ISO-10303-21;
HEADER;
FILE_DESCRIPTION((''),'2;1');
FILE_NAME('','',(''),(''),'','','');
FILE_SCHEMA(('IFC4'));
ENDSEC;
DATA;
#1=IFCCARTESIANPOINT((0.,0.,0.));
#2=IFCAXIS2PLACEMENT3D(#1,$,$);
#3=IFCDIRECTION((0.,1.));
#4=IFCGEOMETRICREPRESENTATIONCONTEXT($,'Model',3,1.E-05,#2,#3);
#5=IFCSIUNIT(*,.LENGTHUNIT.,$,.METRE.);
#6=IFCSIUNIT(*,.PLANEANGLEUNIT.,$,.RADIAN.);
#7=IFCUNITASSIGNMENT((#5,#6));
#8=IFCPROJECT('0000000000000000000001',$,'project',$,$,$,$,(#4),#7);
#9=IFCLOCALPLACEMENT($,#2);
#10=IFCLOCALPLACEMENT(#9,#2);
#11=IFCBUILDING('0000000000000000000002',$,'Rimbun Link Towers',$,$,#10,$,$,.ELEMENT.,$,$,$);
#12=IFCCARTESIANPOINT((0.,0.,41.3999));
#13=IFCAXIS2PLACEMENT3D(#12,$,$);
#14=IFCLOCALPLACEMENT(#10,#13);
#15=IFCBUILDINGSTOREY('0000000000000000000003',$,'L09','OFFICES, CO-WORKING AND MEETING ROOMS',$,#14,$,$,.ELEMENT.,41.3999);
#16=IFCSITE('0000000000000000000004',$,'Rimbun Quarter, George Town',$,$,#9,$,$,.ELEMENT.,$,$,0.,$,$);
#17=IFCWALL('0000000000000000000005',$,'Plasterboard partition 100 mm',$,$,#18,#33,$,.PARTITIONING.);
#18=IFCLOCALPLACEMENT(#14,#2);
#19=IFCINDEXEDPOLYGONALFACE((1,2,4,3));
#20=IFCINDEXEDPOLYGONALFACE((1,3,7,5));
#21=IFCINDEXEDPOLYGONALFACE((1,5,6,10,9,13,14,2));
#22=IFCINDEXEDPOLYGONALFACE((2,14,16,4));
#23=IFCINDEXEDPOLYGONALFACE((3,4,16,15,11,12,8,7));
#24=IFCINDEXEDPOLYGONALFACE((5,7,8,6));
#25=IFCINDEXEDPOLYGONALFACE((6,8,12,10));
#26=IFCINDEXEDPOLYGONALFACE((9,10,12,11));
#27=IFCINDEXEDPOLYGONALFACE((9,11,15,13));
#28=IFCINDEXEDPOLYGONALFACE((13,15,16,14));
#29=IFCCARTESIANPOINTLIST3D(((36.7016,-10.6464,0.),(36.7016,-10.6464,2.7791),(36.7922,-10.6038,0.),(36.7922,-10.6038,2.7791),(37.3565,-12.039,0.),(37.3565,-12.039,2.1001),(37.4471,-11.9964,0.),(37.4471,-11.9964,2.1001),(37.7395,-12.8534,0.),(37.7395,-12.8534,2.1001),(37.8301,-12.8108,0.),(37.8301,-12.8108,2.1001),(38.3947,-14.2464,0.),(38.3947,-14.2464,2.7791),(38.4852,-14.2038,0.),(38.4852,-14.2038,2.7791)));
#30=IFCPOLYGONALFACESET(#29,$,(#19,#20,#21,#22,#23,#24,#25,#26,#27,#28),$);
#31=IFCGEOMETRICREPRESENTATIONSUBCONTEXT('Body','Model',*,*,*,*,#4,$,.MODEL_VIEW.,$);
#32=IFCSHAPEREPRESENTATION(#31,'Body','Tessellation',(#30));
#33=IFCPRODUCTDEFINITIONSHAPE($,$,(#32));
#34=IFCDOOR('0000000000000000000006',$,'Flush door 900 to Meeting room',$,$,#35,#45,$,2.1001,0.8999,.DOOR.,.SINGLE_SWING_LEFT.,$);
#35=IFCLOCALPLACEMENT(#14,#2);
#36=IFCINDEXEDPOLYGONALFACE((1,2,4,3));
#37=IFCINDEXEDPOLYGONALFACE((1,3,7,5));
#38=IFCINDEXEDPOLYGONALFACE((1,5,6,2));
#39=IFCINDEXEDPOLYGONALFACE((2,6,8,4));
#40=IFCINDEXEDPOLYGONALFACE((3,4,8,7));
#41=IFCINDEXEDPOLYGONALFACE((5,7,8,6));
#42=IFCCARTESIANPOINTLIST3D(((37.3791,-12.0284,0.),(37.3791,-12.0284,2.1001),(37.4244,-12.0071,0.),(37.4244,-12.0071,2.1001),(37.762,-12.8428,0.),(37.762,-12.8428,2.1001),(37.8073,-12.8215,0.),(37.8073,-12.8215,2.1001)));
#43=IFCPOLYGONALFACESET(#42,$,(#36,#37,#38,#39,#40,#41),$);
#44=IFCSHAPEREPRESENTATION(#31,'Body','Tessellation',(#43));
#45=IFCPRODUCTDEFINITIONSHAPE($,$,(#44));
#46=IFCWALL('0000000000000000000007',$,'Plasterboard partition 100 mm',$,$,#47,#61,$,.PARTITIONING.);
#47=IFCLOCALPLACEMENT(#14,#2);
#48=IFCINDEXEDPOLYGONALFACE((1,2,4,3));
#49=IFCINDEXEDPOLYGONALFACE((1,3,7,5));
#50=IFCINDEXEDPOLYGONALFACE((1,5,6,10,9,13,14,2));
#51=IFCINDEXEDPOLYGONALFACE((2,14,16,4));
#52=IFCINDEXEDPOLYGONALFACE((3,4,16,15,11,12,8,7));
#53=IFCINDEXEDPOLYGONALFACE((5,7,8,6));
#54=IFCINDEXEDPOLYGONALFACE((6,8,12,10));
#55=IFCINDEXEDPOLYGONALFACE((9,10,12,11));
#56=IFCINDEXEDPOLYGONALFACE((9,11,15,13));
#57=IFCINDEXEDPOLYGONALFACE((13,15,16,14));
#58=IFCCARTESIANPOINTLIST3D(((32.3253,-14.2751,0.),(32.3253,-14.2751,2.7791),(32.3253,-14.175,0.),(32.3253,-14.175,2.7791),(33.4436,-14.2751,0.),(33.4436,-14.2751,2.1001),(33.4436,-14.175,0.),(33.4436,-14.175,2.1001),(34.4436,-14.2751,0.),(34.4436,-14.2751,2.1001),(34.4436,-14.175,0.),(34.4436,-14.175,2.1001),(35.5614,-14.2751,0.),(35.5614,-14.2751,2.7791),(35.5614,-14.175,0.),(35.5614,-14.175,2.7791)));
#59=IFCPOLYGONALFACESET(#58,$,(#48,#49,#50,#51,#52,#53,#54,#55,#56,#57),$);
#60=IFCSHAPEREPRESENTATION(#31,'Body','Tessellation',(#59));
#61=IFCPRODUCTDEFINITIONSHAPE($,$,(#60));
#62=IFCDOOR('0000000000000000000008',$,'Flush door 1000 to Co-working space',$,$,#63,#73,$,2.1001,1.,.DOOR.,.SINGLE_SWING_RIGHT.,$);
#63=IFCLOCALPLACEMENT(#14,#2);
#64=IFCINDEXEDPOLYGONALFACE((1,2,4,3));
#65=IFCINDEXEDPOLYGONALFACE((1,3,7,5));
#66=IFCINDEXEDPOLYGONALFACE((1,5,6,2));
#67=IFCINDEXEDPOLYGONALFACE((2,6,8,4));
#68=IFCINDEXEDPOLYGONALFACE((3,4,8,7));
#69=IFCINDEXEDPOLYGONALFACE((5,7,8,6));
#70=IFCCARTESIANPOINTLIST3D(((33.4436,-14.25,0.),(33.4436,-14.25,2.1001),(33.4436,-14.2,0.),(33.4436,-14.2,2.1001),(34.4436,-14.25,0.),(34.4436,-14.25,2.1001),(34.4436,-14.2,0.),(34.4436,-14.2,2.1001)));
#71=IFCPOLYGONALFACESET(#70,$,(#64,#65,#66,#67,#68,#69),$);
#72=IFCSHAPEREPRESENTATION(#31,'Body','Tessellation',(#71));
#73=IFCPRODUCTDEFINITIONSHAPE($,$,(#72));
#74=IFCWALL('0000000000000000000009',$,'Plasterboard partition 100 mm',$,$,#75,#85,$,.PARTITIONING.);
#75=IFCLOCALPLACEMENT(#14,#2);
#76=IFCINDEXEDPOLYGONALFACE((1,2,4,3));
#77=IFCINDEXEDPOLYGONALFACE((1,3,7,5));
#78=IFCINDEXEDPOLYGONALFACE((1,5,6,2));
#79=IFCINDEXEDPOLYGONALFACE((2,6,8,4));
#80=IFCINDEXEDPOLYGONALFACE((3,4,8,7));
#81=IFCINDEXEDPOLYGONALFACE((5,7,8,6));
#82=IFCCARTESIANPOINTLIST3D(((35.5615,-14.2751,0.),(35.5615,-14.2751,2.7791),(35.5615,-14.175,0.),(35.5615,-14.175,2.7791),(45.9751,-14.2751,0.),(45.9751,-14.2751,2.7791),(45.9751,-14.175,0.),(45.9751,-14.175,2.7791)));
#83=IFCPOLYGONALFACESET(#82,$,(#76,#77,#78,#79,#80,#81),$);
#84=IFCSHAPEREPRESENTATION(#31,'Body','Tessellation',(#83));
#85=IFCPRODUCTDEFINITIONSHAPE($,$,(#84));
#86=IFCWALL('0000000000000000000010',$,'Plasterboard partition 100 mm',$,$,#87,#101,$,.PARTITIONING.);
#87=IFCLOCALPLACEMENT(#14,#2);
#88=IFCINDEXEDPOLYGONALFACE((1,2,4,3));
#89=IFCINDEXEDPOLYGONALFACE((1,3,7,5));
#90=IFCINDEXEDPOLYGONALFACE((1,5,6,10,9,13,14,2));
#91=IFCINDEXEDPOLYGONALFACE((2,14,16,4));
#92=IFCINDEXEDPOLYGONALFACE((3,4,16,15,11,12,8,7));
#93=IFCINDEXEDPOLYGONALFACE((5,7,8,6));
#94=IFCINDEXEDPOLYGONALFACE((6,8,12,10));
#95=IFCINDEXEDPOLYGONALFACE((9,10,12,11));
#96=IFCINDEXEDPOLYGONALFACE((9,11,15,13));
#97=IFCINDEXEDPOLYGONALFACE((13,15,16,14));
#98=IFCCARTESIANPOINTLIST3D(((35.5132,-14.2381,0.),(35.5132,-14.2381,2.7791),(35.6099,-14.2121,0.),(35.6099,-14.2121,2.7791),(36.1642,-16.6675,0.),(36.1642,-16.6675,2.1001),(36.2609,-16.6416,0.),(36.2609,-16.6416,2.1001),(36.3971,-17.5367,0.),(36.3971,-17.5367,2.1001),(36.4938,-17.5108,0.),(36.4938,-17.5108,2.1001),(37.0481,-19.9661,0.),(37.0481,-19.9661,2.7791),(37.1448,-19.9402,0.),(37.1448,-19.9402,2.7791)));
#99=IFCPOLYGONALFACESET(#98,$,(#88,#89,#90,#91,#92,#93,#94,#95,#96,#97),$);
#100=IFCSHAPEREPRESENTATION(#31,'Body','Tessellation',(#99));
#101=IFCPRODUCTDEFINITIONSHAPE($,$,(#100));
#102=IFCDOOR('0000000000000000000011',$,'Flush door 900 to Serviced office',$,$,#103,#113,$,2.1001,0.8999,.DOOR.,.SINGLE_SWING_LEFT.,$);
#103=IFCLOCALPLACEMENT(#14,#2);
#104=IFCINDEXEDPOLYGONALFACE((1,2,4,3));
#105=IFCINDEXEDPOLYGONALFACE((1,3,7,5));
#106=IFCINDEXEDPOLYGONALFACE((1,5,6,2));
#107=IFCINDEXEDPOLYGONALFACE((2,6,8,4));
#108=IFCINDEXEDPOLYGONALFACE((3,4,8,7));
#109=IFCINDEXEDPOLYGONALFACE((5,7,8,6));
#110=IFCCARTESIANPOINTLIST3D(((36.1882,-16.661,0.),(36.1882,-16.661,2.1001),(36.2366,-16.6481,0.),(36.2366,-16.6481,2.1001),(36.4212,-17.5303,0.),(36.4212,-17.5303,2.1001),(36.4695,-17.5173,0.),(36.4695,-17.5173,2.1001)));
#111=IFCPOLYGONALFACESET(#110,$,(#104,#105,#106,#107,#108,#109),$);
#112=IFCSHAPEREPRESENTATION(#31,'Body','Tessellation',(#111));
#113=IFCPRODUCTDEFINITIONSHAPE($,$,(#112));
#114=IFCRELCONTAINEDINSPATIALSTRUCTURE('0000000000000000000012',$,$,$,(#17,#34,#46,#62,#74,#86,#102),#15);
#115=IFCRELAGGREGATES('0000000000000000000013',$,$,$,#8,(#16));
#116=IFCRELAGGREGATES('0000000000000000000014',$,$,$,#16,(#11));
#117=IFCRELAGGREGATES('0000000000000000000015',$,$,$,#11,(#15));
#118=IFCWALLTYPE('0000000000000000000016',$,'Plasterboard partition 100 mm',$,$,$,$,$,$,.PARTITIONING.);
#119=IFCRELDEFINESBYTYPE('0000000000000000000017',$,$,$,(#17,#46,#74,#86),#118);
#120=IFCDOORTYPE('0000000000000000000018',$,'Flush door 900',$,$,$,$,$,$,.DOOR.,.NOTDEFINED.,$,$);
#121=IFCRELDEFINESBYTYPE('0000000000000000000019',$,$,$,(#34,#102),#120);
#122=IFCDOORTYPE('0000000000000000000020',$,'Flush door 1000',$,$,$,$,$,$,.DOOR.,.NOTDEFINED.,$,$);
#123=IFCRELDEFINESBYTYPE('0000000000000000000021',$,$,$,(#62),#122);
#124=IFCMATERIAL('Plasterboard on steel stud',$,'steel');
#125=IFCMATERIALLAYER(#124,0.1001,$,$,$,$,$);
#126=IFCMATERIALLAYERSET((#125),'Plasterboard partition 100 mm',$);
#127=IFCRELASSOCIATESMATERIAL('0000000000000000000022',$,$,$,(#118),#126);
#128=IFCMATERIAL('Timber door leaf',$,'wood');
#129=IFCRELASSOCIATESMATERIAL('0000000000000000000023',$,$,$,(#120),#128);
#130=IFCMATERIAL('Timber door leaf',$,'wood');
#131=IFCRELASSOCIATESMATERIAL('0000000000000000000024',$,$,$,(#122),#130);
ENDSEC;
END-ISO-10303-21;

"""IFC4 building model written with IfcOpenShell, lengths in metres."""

from ifc_helpers import new_model, si_unit, direction, frame, frame_2d, origin, place, context, subcontext, project, spatial, rectangle, extrude, material, layer, layer_set, type_object, element, fill, save


model = new_model("IFC4")

# Units and contexts
model_context = context("Model", 3, precision=1e-05, world=origin(), true_north=direction((0.0, 1.0)))
body_context = subcontext(model_context, "Body", "Model", "MODEL_VIEW")
ifc_project = project(units=[si_unit("LENGTHUNIT", "METRE"), si_unit("PLANEANGLEUNIT", "RADIAN")], contexts=[model_context])

# Site, building, storey
site_placement = place(None, origin())
site = spatial("IfcSite", under=ifc_project, at=site_placement, Name="Rimbun Quarter, George Town", CompositionType="ELEMENT", RefElevation=0.0)
building_placement = place(site_placement, origin())
building = spatial("IfcBuilding", under=site, at=building_placement, Name="Rimbun Link Towers", CompositionType="ELEMENT")
storey_placement = place(building_placement, frame((0.0, 0.0, 41.3999)))
storey = spatial("IfcBuildingStorey", under=building, at=storey_placement, Name="L09", Description="OFFICES, CO-WORKING AND MEETING ROOMS", CompositionType="ELEMENT", Elevation=41.3999)

# Walls, openings, doors
ifc_material_1 = material(Name="Plasterboard on steel stud", Category="steel")
ifc_layer_1 = layer(ifc_material_1, 0.1001)
ifc_layer_set_1 = layer_set([ifc_layer_1], Name="Plasterboard partition 100 mm")
wall_type = type_object("IfcWallType", Name="Plasterboard partition 100 mm", PredefinedType="PARTITIONING", material=ifc_layer_set_1)
wall_1_placement = place(storey_placement, frame((36.7468, -10.625, 0.0), z_axis=(0.0, 0.0, 1.0), x_axis=(0.425581, -0.90492, 0.0)))
wall_1 = element("IfcWall", 1, at=wall_1_placement, inside=storey, type_object=wall_type, Name="Plasterboard partition 100 mm", PredefinedType="PARTITIONING", context=body_context, shape_type="SweptSolid", body=[
    extrude(rectangle(XDim=3.9783, YDim=0.1001, at=frame_2d((1.9893, 0.0))), origin(), (0.0, 0.0, 1.0), 2.7791),
])
opening_1_placement = place(wall_1_placement, frame((1.5391, 0.0, 0.0)))
opening_1 = element("IfcOpeningElement", 2, at=opening_1_placement, cuts=wall_1, PredefinedType="OPENING", context=body_context, shape_type="SweptSolid", body=[
    extrude(rectangle(XDim=0.8999, YDim=2.1001, at=frame_2d((0.45, 1.05))), frame((0.0, 0.0601, 0.0), z_axis=(0.0, -1.0, 0.0), x_axis=(1.0, 0.0, 0.0)), (0.0, 0.0, 1.0), 0.1201),
])
ifc_material_2 = material(Name="Timber door leaf", Category="wood")
door_type_1 = type_object("IfcDoorType", Name="Flush door 900", OperationType="NOTDEFINED", PredefinedType="DOOR", material=ifc_material_2)
door_1_placement = place(opening_1_placement, origin())
door_1 = element("IfcDoor", 3, at=door_1_placement, inside=storey, type_object=door_type_1, Name="Flush door 900 to Meeting room", OperationType="SINGLE_SWING_LEFT", OverallHeight=2.1001, OverallWidth=0.8999, PredefinedType="DOOR", context=body_context, shape_type="SweptSolid", body=[
    extrude(rectangle(XDim=0.8999, YDim=2.1001, at=frame_2d((0.45, 1.05))), frame((0.0, 0.0249, 0.0), z_axis=(0.0, -1.0, 0.0), x_axis=(1.0, 0.0, 0.0)), (0.0, 0.0, 1.0), 0.05),
])
fill(opening_1, door_1)
wall_2_placement = place(storey_placement, frame((35.5615, -14.2251, 0.0), z_axis=(0.0, 0.0, 1.0), x_axis=(-1.0, 0.0, 0.0)))
wall_2 = element("IfcWall", 4, at=wall_2_placement, inside=storey, type_object=wall_type, Name="Plasterboard partition 100 mm", PredefinedType="PARTITIONING", context=body_context, shape_type="SweptSolid", body=[
    extrude(rectangle(XDim=3.2361, YDim=0.1001, at=frame_2d((1.6182, 0.0))), origin(), (0.0, 0.0, 1.0), 2.7791),
])
opening_2_placement = place(wall_2_placement, frame((1.1179, 0.0, 0.0)))
opening_2 = element("IfcOpeningElement", 5, at=opening_2_placement, cuts=wall_2, PredefinedType="OPENING", context=body_context, shape_type="SweptSolid", body=[
    extrude(rectangle(XDim=1.0, YDim=2.1001, at=frame_2d((0.5, 1.05))), frame((0.0, 0.0601, 0.0), z_axis=(0.0, -1.0, 0.0), x_axis=(1.0, 0.0, 0.0)), (0.0, 0.0, 1.0), 0.1201),
])
ifc_material_3 = material(Name="Timber door leaf", Category="wood")
door_type_2 = type_object("IfcDoorType", Name="Flush door 1000", OperationType="NOTDEFINED", PredefinedType="DOOR", material=ifc_material_3)
door_2_placement = place(opening_2_placement, origin())
door_2 = element("IfcDoor", 6, at=door_2_placement, inside=storey, type_object=door_type_2, Name="Flush door 1000 to Co-working space", OperationType="SINGLE_SWING_RIGHT", OverallHeight=2.1001, OverallWidth=1.0, PredefinedType="DOOR", context=body_context, shape_type="SweptSolid", body=[
    extrude(rectangle(XDim=1.0, YDim=2.1001, at=frame_2d((0.5, 1.05))), frame((0.0, 0.0249, 0.0), z_axis=(0.0, -1.0, 0.0), x_axis=(1.0, 0.0, 0.0)), (0.0, 0.0, 1.0), 0.05),
])
fill(opening_2, door_2)

# Wall
wall_3_placement = place(storey_placement, frame((35.5615, -14.2251, 0.0), z_axis=(0.0, 0.0, 1.0), x_axis=(1.0, 0.0, 0.0)))
element("IfcWall", 7, at=wall_3_placement, inside=storey, type_object=wall_type, Name="Plasterboard partition 100 mm", PredefinedType="PARTITIONING", context=body_context, shape_type="SweptSolid", body=[
    extrude(rectangle(XDim=10.4136, YDim=0.1001, at=frame_2d((5.2068, 0.0))), origin(), (0.0, 0.0, 1.0), 2.7791),
])

# Wall, opening, door
wall_4_placement = place(storey_placement, frame((35.5615, -14.2251, 0.0), z_axis=(0.0, 0.0, 1.0), x_axis=(0.258833, -0.965922, 0.0)))
wall_4 = element("IfcWall", 8, at=wall_4_placement, inside=storey, type_object=wall_type, Name="Plasterboard partition 100 mm", PredefinedType="PARTITIONING", context=body_context, shape_type="SweptSolid", body=[
    extrude(rectangle(XDim=5.9302, YDim=0.1001, at=frame_2d((2.9651, 0.0))), origin(), (0.0, 0.0, 1.0), 2.7791),
])
opening_3_placement = place(wall_4_placement, frame((2.5151, 0.0, 0.0)))
opening_3 = element("IfcOpeningElement", 9, at=opening_3_placement, cuts=wall_4, PredefinedType="OPENING", context=body_context, shape_type="SweptSolid", body=[
    extrude(rectangle(XDim=0.8999, YDim=2.1001, at=frame_2d((0.45, 1.05))), frame((0.0, 0.0601, 0.0), z_axis=(0.0, -1.0, 0.0), x_axis=(1.0, 0.0, 0.0)), (0.0, 0.0, 1.0), 0.1201),
])
door_3_placement = place(opening_3_placement, origin())
door_3 = element("IfcDoor", 10, at=door_3_placement, inside=storey, type_object=door_type_1, Name="Flush door 900 to Serviced office", OperationType="SINGLE_SWING_LEFT", OverallHeight=2.1001, OverallWidth=0.8999, PredefinedType="DOOR", context=body_context, shape_type="SweptSolid", body=[
    extrude(rectangle(XDim=0.8999, YDim=2.1001, at=frame_2d((0.45, 1.05))), frame((0.0, 0.0249, 0.0), z_axis=(0.0, -1.0, 0.0), x_axis=(1.0, 0.0, 0.0)), (0.0, 0.0, 1.0), 0.05),
])
fill(opening_3, door_3)

save(model, "model.ifc")
